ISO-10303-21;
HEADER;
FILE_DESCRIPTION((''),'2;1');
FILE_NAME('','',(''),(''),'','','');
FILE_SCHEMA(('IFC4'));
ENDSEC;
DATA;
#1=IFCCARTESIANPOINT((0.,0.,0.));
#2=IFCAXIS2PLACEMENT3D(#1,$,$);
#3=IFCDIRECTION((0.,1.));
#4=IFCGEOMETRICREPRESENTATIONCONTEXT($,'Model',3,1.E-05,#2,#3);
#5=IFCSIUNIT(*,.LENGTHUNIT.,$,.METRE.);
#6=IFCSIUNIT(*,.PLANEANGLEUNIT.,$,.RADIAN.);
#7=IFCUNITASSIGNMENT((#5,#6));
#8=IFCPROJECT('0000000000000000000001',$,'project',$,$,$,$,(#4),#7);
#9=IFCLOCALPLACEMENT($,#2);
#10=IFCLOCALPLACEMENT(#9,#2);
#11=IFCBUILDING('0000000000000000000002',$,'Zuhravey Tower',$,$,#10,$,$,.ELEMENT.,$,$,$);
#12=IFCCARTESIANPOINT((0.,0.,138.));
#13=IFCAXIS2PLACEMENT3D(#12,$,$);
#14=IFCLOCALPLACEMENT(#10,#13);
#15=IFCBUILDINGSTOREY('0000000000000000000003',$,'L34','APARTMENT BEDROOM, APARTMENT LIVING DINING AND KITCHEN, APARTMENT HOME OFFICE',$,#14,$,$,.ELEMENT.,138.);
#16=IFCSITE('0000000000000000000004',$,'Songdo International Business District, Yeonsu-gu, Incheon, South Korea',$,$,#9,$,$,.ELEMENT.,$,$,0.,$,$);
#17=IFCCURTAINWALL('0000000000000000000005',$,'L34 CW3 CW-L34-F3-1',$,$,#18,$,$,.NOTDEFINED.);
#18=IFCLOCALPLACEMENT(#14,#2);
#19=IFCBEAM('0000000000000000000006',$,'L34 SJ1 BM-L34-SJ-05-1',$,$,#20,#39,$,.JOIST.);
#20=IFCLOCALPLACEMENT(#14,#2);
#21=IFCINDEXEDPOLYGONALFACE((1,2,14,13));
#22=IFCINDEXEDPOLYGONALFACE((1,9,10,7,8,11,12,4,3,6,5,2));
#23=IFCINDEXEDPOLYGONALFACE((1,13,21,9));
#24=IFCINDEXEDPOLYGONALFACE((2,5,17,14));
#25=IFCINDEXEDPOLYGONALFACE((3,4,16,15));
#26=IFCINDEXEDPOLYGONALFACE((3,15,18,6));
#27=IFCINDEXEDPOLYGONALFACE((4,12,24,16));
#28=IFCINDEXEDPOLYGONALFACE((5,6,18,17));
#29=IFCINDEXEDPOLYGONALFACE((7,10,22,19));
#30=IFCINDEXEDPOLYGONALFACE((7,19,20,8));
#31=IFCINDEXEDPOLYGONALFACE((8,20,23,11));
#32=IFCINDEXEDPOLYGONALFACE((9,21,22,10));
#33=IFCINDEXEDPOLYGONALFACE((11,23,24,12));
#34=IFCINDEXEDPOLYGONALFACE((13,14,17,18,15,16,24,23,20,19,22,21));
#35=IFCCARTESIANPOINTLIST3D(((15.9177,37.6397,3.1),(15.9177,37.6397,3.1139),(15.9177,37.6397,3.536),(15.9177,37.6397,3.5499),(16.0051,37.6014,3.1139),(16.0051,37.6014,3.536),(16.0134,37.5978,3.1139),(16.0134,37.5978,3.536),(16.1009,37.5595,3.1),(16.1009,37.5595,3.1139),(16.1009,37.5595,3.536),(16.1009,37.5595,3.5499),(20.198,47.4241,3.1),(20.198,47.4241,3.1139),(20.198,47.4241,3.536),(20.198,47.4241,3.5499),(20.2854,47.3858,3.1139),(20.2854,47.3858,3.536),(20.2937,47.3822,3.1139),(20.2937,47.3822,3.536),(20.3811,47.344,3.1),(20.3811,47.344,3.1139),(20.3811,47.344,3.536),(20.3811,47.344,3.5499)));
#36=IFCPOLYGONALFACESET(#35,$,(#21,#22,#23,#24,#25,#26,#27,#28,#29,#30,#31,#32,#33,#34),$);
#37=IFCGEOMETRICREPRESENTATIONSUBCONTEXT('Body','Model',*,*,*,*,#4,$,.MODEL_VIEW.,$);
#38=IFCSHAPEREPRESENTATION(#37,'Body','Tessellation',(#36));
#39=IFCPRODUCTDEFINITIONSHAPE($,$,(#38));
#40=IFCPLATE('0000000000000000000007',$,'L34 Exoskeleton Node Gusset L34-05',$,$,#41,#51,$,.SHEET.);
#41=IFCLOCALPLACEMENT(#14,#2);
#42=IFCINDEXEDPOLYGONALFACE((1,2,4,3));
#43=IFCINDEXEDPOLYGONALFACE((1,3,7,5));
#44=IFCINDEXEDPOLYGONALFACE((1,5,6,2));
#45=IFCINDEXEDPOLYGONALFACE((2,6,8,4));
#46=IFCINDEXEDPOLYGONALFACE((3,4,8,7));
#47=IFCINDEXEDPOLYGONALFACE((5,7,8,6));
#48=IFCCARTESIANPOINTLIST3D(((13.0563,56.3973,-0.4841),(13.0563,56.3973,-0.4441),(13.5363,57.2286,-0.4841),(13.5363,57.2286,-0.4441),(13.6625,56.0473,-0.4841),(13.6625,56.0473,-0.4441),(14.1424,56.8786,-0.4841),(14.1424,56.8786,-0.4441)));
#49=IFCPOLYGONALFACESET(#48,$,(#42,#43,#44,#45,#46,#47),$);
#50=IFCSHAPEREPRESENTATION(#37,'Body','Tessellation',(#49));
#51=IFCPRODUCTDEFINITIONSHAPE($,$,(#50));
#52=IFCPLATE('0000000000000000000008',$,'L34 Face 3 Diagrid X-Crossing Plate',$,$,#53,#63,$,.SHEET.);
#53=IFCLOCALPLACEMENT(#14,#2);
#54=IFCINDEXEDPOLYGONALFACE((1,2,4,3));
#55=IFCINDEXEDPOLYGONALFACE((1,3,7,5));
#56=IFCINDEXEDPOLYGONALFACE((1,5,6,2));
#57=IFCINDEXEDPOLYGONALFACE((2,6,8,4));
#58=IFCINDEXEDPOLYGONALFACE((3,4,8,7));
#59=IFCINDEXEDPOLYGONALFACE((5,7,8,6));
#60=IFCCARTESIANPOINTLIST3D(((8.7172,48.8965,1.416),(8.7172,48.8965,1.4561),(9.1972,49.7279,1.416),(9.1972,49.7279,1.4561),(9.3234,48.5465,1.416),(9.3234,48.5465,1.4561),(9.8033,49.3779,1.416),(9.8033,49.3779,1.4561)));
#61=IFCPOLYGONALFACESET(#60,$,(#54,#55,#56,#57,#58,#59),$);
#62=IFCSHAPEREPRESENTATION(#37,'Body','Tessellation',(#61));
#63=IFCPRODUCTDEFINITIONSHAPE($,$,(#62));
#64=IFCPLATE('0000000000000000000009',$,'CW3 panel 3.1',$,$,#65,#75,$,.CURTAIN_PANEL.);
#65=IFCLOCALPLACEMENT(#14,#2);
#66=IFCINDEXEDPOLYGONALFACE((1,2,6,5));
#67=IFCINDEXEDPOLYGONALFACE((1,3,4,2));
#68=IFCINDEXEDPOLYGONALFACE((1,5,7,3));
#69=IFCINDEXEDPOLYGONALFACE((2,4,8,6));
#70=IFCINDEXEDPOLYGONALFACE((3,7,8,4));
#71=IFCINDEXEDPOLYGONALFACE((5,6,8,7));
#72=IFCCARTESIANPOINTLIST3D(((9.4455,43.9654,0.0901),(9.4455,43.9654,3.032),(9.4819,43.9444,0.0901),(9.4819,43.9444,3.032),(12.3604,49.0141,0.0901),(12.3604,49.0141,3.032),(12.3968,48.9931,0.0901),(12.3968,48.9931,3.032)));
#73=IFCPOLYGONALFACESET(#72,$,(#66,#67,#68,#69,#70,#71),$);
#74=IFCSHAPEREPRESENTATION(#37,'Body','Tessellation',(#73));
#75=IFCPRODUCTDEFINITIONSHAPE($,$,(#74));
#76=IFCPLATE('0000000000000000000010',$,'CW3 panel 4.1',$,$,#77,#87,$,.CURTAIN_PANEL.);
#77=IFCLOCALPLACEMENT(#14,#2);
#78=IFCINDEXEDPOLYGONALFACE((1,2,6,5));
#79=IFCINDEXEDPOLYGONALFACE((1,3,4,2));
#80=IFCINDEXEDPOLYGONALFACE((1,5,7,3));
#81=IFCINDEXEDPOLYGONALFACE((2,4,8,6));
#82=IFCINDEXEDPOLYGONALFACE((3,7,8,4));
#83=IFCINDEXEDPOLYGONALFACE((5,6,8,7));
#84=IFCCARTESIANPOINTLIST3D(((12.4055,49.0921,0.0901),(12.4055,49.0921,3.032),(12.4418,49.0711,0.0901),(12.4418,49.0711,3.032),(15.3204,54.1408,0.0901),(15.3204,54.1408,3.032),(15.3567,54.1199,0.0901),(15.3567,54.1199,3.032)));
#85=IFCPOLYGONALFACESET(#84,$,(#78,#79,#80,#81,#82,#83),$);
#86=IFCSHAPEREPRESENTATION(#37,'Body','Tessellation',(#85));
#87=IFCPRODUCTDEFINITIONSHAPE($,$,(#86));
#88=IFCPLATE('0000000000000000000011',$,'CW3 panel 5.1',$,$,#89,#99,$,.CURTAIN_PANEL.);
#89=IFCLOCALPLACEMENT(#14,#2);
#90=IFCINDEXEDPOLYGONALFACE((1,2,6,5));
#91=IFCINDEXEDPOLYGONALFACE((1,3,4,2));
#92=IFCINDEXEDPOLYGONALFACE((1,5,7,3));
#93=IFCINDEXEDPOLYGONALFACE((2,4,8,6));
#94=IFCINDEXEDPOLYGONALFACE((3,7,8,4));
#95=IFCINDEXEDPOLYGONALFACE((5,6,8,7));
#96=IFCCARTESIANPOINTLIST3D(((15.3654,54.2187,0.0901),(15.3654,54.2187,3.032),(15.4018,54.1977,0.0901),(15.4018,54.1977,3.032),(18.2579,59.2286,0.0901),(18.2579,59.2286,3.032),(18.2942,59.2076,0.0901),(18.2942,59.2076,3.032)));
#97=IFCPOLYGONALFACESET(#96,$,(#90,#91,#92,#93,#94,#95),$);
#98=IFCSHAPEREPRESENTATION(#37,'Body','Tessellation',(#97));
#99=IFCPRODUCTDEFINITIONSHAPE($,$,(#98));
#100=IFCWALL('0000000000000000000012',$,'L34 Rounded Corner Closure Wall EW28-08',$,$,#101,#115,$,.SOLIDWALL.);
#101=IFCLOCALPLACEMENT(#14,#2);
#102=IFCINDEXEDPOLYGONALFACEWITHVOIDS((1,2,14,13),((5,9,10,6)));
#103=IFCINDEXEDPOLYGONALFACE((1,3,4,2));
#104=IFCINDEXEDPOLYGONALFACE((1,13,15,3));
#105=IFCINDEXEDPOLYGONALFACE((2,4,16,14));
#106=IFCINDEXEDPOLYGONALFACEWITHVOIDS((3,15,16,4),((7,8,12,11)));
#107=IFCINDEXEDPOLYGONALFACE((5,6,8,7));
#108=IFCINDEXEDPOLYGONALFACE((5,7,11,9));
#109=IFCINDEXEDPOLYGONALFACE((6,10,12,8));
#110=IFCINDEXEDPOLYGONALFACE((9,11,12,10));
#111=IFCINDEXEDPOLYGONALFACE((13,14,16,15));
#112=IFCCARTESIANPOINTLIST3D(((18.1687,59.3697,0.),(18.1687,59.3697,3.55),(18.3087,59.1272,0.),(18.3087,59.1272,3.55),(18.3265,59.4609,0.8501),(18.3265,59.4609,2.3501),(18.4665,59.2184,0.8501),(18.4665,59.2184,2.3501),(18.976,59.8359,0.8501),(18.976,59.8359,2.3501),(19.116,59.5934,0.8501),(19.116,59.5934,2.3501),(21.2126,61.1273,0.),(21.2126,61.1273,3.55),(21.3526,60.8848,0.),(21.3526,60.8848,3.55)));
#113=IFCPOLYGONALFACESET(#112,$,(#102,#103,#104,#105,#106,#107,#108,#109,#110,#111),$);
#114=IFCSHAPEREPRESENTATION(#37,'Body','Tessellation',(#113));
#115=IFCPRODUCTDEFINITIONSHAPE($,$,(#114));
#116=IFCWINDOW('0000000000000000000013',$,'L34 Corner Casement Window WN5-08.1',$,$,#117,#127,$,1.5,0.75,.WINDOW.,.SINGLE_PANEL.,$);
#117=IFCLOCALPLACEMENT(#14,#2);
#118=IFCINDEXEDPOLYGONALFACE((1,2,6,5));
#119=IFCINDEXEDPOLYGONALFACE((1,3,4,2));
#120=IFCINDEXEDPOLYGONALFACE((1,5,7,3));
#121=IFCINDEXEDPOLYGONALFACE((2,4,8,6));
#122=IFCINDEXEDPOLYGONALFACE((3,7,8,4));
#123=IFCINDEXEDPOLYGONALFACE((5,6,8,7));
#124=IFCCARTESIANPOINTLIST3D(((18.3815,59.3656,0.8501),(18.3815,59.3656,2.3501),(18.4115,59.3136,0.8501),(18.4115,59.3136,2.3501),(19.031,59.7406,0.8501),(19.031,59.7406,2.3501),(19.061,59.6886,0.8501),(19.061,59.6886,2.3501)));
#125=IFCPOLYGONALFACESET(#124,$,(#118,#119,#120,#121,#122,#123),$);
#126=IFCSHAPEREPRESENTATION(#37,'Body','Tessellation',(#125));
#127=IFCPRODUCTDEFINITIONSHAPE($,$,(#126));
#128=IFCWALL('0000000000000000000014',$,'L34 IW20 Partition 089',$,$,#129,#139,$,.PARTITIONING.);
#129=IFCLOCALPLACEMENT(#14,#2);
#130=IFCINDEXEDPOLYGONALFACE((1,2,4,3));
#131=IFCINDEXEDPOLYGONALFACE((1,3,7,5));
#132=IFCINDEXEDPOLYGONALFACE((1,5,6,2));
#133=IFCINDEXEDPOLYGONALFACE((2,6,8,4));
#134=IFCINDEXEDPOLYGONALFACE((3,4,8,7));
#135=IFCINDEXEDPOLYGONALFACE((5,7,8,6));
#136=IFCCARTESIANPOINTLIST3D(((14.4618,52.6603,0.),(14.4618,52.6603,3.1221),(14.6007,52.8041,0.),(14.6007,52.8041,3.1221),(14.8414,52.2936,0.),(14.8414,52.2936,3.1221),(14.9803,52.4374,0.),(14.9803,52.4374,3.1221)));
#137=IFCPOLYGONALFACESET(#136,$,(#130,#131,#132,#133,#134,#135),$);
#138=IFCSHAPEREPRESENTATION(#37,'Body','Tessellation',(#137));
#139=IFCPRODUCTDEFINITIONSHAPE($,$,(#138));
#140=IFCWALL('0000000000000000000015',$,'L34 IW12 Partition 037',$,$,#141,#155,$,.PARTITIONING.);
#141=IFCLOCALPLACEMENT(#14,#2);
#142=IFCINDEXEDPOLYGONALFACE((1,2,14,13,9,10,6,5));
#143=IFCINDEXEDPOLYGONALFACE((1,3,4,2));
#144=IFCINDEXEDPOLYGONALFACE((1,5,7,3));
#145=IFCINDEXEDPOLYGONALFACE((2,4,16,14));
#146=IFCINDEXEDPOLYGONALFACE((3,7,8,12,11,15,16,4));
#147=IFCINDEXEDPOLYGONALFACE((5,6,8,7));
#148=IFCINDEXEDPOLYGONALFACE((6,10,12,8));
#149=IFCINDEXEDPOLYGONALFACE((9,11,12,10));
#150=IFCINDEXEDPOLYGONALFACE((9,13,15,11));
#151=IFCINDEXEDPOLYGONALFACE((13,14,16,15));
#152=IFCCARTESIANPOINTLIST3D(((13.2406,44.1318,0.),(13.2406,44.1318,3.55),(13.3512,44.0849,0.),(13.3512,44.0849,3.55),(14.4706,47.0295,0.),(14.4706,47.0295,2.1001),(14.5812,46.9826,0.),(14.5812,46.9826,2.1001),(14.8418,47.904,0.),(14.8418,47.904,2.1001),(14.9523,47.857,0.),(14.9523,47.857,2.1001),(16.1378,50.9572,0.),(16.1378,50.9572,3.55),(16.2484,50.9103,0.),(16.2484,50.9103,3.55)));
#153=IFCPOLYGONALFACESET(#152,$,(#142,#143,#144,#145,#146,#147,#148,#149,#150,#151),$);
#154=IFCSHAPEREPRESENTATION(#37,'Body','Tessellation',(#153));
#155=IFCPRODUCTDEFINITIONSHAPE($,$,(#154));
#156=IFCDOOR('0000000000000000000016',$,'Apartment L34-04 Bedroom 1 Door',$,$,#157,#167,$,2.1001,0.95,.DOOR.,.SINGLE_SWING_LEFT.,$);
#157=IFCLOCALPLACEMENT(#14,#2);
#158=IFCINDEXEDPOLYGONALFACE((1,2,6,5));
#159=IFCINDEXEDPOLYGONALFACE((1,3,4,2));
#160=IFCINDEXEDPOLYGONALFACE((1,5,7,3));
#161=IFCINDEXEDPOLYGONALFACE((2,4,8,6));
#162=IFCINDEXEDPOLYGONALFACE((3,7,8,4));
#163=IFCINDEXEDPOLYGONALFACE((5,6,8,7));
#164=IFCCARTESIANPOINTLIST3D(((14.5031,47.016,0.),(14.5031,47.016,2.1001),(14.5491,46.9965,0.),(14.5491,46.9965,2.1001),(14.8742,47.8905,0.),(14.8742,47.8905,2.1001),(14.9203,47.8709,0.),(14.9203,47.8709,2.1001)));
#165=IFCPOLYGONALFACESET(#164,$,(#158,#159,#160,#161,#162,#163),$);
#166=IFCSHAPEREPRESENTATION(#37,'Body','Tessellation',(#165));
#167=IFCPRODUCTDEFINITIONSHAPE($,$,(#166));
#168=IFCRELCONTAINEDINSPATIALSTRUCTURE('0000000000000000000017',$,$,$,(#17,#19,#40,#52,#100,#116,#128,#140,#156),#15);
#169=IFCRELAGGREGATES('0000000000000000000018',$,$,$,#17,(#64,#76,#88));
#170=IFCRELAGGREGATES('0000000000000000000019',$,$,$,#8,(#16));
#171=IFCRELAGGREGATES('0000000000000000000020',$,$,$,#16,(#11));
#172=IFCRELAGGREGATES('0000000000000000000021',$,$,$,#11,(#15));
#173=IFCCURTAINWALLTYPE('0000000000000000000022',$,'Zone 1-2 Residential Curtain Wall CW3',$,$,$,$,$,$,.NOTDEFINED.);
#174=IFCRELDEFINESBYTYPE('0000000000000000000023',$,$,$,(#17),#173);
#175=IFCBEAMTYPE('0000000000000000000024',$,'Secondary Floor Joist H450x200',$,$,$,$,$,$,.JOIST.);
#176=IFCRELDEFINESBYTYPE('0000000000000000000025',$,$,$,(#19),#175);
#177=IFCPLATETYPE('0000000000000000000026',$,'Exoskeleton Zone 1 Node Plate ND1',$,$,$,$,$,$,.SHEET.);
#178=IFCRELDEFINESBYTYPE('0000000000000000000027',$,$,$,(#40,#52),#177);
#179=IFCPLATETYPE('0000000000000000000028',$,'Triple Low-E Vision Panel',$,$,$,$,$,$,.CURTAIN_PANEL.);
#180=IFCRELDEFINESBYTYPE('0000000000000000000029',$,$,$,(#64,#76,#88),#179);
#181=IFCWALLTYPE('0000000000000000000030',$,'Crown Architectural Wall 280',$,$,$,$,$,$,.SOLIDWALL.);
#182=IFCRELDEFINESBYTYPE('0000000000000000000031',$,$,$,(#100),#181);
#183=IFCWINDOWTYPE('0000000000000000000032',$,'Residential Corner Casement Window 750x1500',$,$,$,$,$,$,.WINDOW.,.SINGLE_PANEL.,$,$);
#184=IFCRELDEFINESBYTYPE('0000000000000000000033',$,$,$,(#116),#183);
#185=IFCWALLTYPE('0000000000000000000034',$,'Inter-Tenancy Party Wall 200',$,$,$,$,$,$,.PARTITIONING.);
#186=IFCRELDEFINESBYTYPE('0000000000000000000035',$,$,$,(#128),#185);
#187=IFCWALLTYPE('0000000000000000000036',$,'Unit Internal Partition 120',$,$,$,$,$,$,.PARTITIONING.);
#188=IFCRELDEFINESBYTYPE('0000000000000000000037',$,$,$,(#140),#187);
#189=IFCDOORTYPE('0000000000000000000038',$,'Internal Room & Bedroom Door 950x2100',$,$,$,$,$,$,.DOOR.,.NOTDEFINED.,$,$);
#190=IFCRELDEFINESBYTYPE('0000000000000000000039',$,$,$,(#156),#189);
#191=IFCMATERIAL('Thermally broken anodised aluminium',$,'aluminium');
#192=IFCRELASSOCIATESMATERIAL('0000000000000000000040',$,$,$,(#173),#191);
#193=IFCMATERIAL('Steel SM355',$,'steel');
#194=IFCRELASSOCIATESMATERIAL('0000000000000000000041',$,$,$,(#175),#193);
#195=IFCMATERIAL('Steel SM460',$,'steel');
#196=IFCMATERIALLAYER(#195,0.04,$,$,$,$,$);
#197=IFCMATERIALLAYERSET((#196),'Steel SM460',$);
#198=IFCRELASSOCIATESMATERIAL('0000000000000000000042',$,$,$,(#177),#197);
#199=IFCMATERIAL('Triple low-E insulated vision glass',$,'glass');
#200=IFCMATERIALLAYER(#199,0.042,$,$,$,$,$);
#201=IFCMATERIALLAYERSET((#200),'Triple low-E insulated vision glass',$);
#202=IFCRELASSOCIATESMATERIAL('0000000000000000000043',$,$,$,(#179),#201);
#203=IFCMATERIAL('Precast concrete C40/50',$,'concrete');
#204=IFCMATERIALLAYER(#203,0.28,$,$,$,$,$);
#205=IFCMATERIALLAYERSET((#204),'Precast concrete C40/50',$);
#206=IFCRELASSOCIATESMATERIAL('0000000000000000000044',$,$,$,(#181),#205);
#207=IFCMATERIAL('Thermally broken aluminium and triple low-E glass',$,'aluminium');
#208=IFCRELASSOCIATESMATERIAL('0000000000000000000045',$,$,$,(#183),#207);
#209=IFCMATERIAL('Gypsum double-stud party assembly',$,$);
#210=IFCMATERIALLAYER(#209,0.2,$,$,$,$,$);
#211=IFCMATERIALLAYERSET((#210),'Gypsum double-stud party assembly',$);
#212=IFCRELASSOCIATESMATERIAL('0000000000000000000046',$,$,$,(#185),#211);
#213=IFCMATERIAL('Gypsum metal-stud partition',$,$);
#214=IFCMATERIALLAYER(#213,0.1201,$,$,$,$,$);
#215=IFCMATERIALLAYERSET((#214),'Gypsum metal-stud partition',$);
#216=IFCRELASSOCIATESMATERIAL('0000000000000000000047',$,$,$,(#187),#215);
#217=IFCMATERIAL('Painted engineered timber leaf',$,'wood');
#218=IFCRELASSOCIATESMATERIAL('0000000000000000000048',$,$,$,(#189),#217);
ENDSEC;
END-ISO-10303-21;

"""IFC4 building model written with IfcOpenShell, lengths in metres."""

from ifc_helpers import new_model, si_unit, direction, frame, frame_2d, origin, origin_2d, place, context, subcontext, project, spatial, rectangle, i_section, extrude, material, layer, layer_set, material_profile, profile_set, type_object, element, fill, aggregate, save


model = new_model("IFC4")

# Units and contexts
model_context = context("Model", 3, precision=1e-05, world=origin(), true_north=direction((0.0, 1.0)))
body_context = subcontext(model_context, "Body", "Model", "MODEL_VIEW")
ifc_project = project(units=[si_unit("LENGTHUNIT", "METRE"), si_unit("PLANEANGLEUNIT", "RADIAN")], contexts=[model_context])

# Site, building, storey
site_placement = place(None, origin())
site = spatial("IfcSite", under=ifc_project, at=site_placement, Name="Songdo International Business District, Yeonsu-gu, Incheon, South Korea", CompositionType="ELEMENT", RefElevation=0.0)
building_placement = place(site_placement, origin())
building = spatial("IfcBuilding", under=site, at=building_placement, Name="Zuhravey Tower", CompositionType="ELEMENT")
storey_placement = place(building_placement, frame((0.0, 0.0, 138.0)))
storey = spatial("IfcBuildingStorey", under=building, at=storey_placement, Name="L34", Description="APARTMENT BEDROOM, APARTMENT LIVING DINING AND KITCHEN, APARTMENT HOME OFFICE", CompositionType="ELEMENT", Elevation=138.0)

# Curtain wall
ifc_material_1 = material(Name="Thermally broken anodised aluminium", Category="aluminium")
curtain_wall_type = type_object("IfcCurtainWallType", Name="Zone 1-2 Residential Curtain Wall CW3", PredefinedType="NOTDEFINED", material=ifc_material_1)
curtain_wall_1_placement = place(storey_placement, origin())
curtain_wall_1 = element("IfcCurtainWall", 1, at=curtain_wall_1_placement, inside=storey, type_object=curtain_wall_type, Name="L34 CW3 CW-L34-F3-1", PredefinedType="NOTDEFINED")

# Shared definitions
ifc_material_2 = material(Name="Steel SM460", Category="steel")

# Shared definitions
ifc_material_3 = material(Name="Steel SM355", Category="steel")

# Beam
ifc_material_profile_1 = material_profile(ifc_material_3, i_section(OverallWidth=0.2, OverallDepth=0.45, WebThickness=0.009, FlangeThickness=0.0139, at=origin_2d()), Name="H-450x200x9x14")
ifc_profile_set_1 = profile_set([ifc_material_profile_1], Name="Steel SM355")
beam_type_1 = type_object("IfcBeamType", Name="Secondary Floor Joist H450x200", PredefinedType="JOIST", material=ifc_profile_set_1)
beam_1_placement = place(storey_placement, frame((20.2896, 47.384, 3.325), z_axis=(-0.400786, -0.916172, 0.0), x_axis=(0.916172, -0.400786, 0.0)))
element("IfcBeam", 2, at=beam_1_placement, inside=storey, type_object=beam_type_1, Name="L34 SJ1 BM-L34-SJ-05-1", PredefinedType="JOIST", context=body_context, shape_type="SweptSolid", body=[
    extrude(i_section(OverallWidth=0.2, OverallDepth=0.45, WebThickness=0.009, FlangeThickness=0.0139, at=origin_2d()), origin(), (0.0, 0.0, 1.0), 10.6797),
])

# Plates
ifc_layer_1 = layer(ifc_material_2, 0.04)
ifc_layer_set_1 = layer_set([ifc_layer_1], Name="Steel SM460")
plate_type_1 = type_object("IfcPlateType", Name="Exoskeleton Zone 1 Node Plate ND1", PredefinedType="SHEET", material=ifc_layer_set_1)
for number, where, z_axis, x_axis, name in (
    (3, (13.5994, 56.6379, -0.4841), (0.0, 0.0, 1.0), (-0.5, -0.866025, 0.0), "L34 Exoskeleton Node Gusset L34-05"),
    (4, (9.2603, 49.1372, 1.416), (0.0, 0.0, 1.0), (-0.5, -0.866025, 0.0), "L34 Face 3 Diagrid X-Crossing Plate"),
):
    element("IfcPlate", number, at=place(storey_placement, frame(where, z_axis=z_axis, x_axis=x_axis)), inside=storey, type_object=plate_type_1, Name=name, PredefinedType="SHEET", context=body_context, shape_type="SweptSolid", body=[
        extrude(rectangle(XDim=0.96, YDim=0.7, at=origin_2d()), origin(), (0.0, 0.0, 1.0), 0.04),
    ])

# Plates
ifc_material_4 = material(Name="Triple low-E insulated vision glass", Category="glass")
ifc_layer_2 = layer(ifc_material_4, 0.042)
ifc_layer_set_2 = layer_set([ifc_layer_2], Name="Triple low-E insulated vision glass")
plate_type_2 = type_object("IfcPlateType", Name="Triple Low-E Vision Panel", PredefinedType="CURTAIN_PANEL", material=ifc_layer_set_2)
plate_1_placement = place(storey_placement, frame((10.9211, 46.4792, 0.0901), z_axis=(0.0, 0.0, 1.0), x_axis=(0.5, 0.866026, 0.0)))
plate_1 = element("IfcPlate", 5, at=plate_1_placement, type_object=plate_type_2, Name="CW3 panel 3.1", PredefinedType="CURTAIN_PANEL", context=body_context, shape_type="SweptSolid", body=[
    extrude(rectangle(XDim=5.8298, YDim=0.042, at=origin_2d()), origin(), (0.0, 0.0, 1.0), 2.9419),
])
plate_2_placement = place(storey_placement, frame((13.8811, 51.606, 0.0901), z_axis=(0.0, 0.0, 1.0), x_axis=(0.5, 0.866026, 0.0)))
plate_2 = element("IfcPlate", 6, at=plate_2_placement, type_object=plate_type_2, Name="CW3 panel 4.1", PredefinedType="CURTAIN_PANEL", context=body_context, shape_type="SweptSolid", body=[
    extrude(rectangle(XDim=5.8298, YDim=0.042, at=origin_2d()), origin(), (0.0, 0.0, 1.0), 2.9419),
])
plate_3_placement = place(storey_placement, frame((16.8298, 56.7131, 0.0901), z_axis=(0.0, 0.0, 1.0), x_axis=(0.5, 0.866026, 0.0)))
plate_3 = element("IfcPlate", 7, at=plate_3_placement, type_object=plate_type_2, Name="CW3 panel 5.1", PredefinedType="CURTAIN_PANEL", context=body_context, shape_type="SweptSolid", body=[
    extrude(rectangle(XDim=5.7849, YDim=0.042, at=origin_2d()), origin(), (0.0, 0.0, 1.0), 2.9419),
])
aggregate(curtain_wall_1, [plate_1, plate_2, plate_3])

# Wall, opening, window
ifc_material_5 = material(Name="Precast concrete C40/50", Category="concrete")
ifc_layer_3 = layer(ifc_material_5, 0.28)
ifc_layer_set_3 = layer_set([ifc_layer_3], Name="Precast concrete C40/50")
wall_type_1 = type_object("IfcWallType", Name="Crown Architectural Wall 280", PredefinedType="SOLIDWALL", material=ifc_layer_set_3)
wall_1_placement = place(storey_placement, frame((18.2388, 59.2485, 0.0), z_axis=(0.0, 0.0, 1.0), x_axis=(0.866007, 0.500031, 0.0)))
wall_1 = element("IfcWall", 8, at=wall_1_placement, inside=storey, type_object=wall_type_1, Name="L34 Rounded Corner Closure Wall EW28-08", PredefinedType="SOLIDWALL", context=body_context, shape_type="SweptSolid", body=[
    extrude(rectangle(XDim=3.5149, YDim=0.28, at=frame_2d((1.7573, 0.0))), origin(), (0.0, 0.0, 1.0), 3.55),
])
opening_1_placement = place(wall_1_placement, frame((0.1821, 0.0, 0.8501)))
opening_1 = element("IfcOpeningElement", 9, at=opening_1_placement, cuts=wall_1, PredefinedType="OPENING", context=body_context, shape_type="SweptSolid", body=[
    extrude(rectangle(XDim=0.75, YDim=1.5, at=frame_2d((0.375, 0.75))), frame((0.0, 0.1521, 0.0), z_axis=(0.0, -1.0, 0.0), x_axis=(1.0, 0.0, 0.0)), (0.0, 0.0, 1.0), 0.304),
])
ifc_material_6 = material(Name="Thermally broken aluminium and triple low-E glass", Category="aluminium")
window_type = type_object("IfcWindowType", Name="Residential Corner Casement Window 750x1500", PartitioningType="SINGLE_PANEL", PredefinedType="WINDOW", material=ifc_material_6)
window_placement = place(opening_1_placement, origin())
window = element("IfcWindow", 10, at=window_placement, inside=storey, type_object=window_type, Name="L34 Corner Casement Window WN5-08.1", OverallHeight=1.5, OverallWidth=0.75, PartitioningType="SINGLE_PANEL", PredefinedType="WINDOW", context=body_context, shape_type="SweptSolid", body=[
    extrude(rectangle(XDim=0.75, YDim=1.5, at=frame_2d((0.375, 0.75))), frame((0.0, 0.03, 0.0), z_axis=(0.0, -1.0, 0.0), x_axis=(1.0, 0.0, 0.0)), (0.0, 0.0, 1.0), 0.0601),
])
fill(opening_1, window)

# Wall
ifc_material_7 = material(Name="Gypsum double-stud party assembly")
ifc_layer_4 = layer(ifc_material_7, 0.2)
ifc_layer_set_4 = layer_set([ifc_layer_4], Name="Gypsum double-stud party assembly")
wall_type_2 = type_object("IfcWallType", Name="Inter-Tenancy Party Wall 200", PredefinedType="PARTITIONING", material=ifc_layer_set_4)
wall_2_placement = place(storey_placement, frame((14.9109, 52.3655, 0.0), z_axis=(0.0, 0.0, 1.0), x_axis=(-0.719258, 0.694743, 0.0)))
element("IfcWall", 11, at=wall_2_placement, inside=storey, type_object=wall_type_2, Name="L34 IW20 Partition 089", PredefinedType="PARTITIONING", context=body_context, shape_type="SweptSolid", body=[
    extrude(rectangle(XDim=0.5278, YDim=0.2, at=frame_2d((0.2639, 0.0))), origin(), (0.0, 0.0, 1.0), 3.1221),
])

# Wall, opening, door
ifc_material_8 = material(Name="Gypsum metal-stud partition")
ifc_layer_5 = layer(ifc_material_8, 0.1201)
ifc_layer_set_5 = layer_set([ifc_layer_5], Name="Gypsum metal-stud partition")
wall_type_3 = type_object("IfcWallType", Name="Unit Internal Partition 120", PredefinedType="PARTITIONING", material=ifc_layer_set_5)
wall_3_placement = place(storey_placement, frame((16.1931, 50.9338, 0.0), z_axis=(0.0, 0.0, 1.0), x_axis=(-0.39073, -0.920505, 0.0)))
wall_3 = element("IfcWall", 12, at=wall_3_placement, inside=storey, type_object=wall_type_3, Name="L34 IW12 Partition 037", PredefinedType="PARTITIONING", context=body_context, shape_type="SweptSolid", body=[
    extrude(rectangle(XDim=7.4148, YDim=0.1201, at=frame_2d((3.7075, 0.0))), origin(), (0.0, 0.0, 1.0), 3.55),
])
opening_2_placement = place(wall_3_placement, frame((3.3169, 0.0, 0.0)))
opening_2 = element("IfcOpeningElement", 13, at=opening_2_placement, cuts=wall_3, PredefinedType="OPENING", context=body_context, shape_type="SweptSolid", body=[
    extrude(rectangle(XDim=0.95, YDim=2.1001, at=frame_2d((0.4751, 1.05))), frame((0.0, 0.072, 0.0), z_axis=(0.0, -1.0, 0.0), x_axis=(1.0, 0.0, 0.0)), (0.0, 0.0, 1.0), 0.144),
])
ifc_material_9 = material(Name="Painted engineered timber leaf", Category="wood")
door_type = type_object("IfcDoorType", Name="Internal Room & Bedroom Door 950x2100", OperationType="NOTDEFINED", PredefinedType="DOOR", material=ifc_material_9)
door_placement = place(opening_2_placement, frame((0.95, 0.0, 0.0), z_axis=(0.0, 0.0, 1.0), x_axis=(-1.0, 0.0, 0.0)))
door = element("IfcDoor", 14, at=door_placement, inside=storey, type_object=door_type, Name="Apartment L34-04 Bedroom 1 Door", OperationType="SINGLE_SWING_LEFT", OverallHeight=2.1001, OverallWidth=0.95, PredefinedType="DOOR", context=body_context, shape_type="SweptSolid", body=[
    extrude(rectangle(XDim=0.95, YDim=2.1001, at=frame_2d((0.4751, 1.05))), frame((0.0, 0.0249, 0.0), z_axis=(0.0, -1.0, 0.0), x_axis=(1.0, 0.0, 0.0)), (0.0, 0.0, 1.0), 0.05),
])
fill(opening_2, door)

save(model, "model.ifc")
